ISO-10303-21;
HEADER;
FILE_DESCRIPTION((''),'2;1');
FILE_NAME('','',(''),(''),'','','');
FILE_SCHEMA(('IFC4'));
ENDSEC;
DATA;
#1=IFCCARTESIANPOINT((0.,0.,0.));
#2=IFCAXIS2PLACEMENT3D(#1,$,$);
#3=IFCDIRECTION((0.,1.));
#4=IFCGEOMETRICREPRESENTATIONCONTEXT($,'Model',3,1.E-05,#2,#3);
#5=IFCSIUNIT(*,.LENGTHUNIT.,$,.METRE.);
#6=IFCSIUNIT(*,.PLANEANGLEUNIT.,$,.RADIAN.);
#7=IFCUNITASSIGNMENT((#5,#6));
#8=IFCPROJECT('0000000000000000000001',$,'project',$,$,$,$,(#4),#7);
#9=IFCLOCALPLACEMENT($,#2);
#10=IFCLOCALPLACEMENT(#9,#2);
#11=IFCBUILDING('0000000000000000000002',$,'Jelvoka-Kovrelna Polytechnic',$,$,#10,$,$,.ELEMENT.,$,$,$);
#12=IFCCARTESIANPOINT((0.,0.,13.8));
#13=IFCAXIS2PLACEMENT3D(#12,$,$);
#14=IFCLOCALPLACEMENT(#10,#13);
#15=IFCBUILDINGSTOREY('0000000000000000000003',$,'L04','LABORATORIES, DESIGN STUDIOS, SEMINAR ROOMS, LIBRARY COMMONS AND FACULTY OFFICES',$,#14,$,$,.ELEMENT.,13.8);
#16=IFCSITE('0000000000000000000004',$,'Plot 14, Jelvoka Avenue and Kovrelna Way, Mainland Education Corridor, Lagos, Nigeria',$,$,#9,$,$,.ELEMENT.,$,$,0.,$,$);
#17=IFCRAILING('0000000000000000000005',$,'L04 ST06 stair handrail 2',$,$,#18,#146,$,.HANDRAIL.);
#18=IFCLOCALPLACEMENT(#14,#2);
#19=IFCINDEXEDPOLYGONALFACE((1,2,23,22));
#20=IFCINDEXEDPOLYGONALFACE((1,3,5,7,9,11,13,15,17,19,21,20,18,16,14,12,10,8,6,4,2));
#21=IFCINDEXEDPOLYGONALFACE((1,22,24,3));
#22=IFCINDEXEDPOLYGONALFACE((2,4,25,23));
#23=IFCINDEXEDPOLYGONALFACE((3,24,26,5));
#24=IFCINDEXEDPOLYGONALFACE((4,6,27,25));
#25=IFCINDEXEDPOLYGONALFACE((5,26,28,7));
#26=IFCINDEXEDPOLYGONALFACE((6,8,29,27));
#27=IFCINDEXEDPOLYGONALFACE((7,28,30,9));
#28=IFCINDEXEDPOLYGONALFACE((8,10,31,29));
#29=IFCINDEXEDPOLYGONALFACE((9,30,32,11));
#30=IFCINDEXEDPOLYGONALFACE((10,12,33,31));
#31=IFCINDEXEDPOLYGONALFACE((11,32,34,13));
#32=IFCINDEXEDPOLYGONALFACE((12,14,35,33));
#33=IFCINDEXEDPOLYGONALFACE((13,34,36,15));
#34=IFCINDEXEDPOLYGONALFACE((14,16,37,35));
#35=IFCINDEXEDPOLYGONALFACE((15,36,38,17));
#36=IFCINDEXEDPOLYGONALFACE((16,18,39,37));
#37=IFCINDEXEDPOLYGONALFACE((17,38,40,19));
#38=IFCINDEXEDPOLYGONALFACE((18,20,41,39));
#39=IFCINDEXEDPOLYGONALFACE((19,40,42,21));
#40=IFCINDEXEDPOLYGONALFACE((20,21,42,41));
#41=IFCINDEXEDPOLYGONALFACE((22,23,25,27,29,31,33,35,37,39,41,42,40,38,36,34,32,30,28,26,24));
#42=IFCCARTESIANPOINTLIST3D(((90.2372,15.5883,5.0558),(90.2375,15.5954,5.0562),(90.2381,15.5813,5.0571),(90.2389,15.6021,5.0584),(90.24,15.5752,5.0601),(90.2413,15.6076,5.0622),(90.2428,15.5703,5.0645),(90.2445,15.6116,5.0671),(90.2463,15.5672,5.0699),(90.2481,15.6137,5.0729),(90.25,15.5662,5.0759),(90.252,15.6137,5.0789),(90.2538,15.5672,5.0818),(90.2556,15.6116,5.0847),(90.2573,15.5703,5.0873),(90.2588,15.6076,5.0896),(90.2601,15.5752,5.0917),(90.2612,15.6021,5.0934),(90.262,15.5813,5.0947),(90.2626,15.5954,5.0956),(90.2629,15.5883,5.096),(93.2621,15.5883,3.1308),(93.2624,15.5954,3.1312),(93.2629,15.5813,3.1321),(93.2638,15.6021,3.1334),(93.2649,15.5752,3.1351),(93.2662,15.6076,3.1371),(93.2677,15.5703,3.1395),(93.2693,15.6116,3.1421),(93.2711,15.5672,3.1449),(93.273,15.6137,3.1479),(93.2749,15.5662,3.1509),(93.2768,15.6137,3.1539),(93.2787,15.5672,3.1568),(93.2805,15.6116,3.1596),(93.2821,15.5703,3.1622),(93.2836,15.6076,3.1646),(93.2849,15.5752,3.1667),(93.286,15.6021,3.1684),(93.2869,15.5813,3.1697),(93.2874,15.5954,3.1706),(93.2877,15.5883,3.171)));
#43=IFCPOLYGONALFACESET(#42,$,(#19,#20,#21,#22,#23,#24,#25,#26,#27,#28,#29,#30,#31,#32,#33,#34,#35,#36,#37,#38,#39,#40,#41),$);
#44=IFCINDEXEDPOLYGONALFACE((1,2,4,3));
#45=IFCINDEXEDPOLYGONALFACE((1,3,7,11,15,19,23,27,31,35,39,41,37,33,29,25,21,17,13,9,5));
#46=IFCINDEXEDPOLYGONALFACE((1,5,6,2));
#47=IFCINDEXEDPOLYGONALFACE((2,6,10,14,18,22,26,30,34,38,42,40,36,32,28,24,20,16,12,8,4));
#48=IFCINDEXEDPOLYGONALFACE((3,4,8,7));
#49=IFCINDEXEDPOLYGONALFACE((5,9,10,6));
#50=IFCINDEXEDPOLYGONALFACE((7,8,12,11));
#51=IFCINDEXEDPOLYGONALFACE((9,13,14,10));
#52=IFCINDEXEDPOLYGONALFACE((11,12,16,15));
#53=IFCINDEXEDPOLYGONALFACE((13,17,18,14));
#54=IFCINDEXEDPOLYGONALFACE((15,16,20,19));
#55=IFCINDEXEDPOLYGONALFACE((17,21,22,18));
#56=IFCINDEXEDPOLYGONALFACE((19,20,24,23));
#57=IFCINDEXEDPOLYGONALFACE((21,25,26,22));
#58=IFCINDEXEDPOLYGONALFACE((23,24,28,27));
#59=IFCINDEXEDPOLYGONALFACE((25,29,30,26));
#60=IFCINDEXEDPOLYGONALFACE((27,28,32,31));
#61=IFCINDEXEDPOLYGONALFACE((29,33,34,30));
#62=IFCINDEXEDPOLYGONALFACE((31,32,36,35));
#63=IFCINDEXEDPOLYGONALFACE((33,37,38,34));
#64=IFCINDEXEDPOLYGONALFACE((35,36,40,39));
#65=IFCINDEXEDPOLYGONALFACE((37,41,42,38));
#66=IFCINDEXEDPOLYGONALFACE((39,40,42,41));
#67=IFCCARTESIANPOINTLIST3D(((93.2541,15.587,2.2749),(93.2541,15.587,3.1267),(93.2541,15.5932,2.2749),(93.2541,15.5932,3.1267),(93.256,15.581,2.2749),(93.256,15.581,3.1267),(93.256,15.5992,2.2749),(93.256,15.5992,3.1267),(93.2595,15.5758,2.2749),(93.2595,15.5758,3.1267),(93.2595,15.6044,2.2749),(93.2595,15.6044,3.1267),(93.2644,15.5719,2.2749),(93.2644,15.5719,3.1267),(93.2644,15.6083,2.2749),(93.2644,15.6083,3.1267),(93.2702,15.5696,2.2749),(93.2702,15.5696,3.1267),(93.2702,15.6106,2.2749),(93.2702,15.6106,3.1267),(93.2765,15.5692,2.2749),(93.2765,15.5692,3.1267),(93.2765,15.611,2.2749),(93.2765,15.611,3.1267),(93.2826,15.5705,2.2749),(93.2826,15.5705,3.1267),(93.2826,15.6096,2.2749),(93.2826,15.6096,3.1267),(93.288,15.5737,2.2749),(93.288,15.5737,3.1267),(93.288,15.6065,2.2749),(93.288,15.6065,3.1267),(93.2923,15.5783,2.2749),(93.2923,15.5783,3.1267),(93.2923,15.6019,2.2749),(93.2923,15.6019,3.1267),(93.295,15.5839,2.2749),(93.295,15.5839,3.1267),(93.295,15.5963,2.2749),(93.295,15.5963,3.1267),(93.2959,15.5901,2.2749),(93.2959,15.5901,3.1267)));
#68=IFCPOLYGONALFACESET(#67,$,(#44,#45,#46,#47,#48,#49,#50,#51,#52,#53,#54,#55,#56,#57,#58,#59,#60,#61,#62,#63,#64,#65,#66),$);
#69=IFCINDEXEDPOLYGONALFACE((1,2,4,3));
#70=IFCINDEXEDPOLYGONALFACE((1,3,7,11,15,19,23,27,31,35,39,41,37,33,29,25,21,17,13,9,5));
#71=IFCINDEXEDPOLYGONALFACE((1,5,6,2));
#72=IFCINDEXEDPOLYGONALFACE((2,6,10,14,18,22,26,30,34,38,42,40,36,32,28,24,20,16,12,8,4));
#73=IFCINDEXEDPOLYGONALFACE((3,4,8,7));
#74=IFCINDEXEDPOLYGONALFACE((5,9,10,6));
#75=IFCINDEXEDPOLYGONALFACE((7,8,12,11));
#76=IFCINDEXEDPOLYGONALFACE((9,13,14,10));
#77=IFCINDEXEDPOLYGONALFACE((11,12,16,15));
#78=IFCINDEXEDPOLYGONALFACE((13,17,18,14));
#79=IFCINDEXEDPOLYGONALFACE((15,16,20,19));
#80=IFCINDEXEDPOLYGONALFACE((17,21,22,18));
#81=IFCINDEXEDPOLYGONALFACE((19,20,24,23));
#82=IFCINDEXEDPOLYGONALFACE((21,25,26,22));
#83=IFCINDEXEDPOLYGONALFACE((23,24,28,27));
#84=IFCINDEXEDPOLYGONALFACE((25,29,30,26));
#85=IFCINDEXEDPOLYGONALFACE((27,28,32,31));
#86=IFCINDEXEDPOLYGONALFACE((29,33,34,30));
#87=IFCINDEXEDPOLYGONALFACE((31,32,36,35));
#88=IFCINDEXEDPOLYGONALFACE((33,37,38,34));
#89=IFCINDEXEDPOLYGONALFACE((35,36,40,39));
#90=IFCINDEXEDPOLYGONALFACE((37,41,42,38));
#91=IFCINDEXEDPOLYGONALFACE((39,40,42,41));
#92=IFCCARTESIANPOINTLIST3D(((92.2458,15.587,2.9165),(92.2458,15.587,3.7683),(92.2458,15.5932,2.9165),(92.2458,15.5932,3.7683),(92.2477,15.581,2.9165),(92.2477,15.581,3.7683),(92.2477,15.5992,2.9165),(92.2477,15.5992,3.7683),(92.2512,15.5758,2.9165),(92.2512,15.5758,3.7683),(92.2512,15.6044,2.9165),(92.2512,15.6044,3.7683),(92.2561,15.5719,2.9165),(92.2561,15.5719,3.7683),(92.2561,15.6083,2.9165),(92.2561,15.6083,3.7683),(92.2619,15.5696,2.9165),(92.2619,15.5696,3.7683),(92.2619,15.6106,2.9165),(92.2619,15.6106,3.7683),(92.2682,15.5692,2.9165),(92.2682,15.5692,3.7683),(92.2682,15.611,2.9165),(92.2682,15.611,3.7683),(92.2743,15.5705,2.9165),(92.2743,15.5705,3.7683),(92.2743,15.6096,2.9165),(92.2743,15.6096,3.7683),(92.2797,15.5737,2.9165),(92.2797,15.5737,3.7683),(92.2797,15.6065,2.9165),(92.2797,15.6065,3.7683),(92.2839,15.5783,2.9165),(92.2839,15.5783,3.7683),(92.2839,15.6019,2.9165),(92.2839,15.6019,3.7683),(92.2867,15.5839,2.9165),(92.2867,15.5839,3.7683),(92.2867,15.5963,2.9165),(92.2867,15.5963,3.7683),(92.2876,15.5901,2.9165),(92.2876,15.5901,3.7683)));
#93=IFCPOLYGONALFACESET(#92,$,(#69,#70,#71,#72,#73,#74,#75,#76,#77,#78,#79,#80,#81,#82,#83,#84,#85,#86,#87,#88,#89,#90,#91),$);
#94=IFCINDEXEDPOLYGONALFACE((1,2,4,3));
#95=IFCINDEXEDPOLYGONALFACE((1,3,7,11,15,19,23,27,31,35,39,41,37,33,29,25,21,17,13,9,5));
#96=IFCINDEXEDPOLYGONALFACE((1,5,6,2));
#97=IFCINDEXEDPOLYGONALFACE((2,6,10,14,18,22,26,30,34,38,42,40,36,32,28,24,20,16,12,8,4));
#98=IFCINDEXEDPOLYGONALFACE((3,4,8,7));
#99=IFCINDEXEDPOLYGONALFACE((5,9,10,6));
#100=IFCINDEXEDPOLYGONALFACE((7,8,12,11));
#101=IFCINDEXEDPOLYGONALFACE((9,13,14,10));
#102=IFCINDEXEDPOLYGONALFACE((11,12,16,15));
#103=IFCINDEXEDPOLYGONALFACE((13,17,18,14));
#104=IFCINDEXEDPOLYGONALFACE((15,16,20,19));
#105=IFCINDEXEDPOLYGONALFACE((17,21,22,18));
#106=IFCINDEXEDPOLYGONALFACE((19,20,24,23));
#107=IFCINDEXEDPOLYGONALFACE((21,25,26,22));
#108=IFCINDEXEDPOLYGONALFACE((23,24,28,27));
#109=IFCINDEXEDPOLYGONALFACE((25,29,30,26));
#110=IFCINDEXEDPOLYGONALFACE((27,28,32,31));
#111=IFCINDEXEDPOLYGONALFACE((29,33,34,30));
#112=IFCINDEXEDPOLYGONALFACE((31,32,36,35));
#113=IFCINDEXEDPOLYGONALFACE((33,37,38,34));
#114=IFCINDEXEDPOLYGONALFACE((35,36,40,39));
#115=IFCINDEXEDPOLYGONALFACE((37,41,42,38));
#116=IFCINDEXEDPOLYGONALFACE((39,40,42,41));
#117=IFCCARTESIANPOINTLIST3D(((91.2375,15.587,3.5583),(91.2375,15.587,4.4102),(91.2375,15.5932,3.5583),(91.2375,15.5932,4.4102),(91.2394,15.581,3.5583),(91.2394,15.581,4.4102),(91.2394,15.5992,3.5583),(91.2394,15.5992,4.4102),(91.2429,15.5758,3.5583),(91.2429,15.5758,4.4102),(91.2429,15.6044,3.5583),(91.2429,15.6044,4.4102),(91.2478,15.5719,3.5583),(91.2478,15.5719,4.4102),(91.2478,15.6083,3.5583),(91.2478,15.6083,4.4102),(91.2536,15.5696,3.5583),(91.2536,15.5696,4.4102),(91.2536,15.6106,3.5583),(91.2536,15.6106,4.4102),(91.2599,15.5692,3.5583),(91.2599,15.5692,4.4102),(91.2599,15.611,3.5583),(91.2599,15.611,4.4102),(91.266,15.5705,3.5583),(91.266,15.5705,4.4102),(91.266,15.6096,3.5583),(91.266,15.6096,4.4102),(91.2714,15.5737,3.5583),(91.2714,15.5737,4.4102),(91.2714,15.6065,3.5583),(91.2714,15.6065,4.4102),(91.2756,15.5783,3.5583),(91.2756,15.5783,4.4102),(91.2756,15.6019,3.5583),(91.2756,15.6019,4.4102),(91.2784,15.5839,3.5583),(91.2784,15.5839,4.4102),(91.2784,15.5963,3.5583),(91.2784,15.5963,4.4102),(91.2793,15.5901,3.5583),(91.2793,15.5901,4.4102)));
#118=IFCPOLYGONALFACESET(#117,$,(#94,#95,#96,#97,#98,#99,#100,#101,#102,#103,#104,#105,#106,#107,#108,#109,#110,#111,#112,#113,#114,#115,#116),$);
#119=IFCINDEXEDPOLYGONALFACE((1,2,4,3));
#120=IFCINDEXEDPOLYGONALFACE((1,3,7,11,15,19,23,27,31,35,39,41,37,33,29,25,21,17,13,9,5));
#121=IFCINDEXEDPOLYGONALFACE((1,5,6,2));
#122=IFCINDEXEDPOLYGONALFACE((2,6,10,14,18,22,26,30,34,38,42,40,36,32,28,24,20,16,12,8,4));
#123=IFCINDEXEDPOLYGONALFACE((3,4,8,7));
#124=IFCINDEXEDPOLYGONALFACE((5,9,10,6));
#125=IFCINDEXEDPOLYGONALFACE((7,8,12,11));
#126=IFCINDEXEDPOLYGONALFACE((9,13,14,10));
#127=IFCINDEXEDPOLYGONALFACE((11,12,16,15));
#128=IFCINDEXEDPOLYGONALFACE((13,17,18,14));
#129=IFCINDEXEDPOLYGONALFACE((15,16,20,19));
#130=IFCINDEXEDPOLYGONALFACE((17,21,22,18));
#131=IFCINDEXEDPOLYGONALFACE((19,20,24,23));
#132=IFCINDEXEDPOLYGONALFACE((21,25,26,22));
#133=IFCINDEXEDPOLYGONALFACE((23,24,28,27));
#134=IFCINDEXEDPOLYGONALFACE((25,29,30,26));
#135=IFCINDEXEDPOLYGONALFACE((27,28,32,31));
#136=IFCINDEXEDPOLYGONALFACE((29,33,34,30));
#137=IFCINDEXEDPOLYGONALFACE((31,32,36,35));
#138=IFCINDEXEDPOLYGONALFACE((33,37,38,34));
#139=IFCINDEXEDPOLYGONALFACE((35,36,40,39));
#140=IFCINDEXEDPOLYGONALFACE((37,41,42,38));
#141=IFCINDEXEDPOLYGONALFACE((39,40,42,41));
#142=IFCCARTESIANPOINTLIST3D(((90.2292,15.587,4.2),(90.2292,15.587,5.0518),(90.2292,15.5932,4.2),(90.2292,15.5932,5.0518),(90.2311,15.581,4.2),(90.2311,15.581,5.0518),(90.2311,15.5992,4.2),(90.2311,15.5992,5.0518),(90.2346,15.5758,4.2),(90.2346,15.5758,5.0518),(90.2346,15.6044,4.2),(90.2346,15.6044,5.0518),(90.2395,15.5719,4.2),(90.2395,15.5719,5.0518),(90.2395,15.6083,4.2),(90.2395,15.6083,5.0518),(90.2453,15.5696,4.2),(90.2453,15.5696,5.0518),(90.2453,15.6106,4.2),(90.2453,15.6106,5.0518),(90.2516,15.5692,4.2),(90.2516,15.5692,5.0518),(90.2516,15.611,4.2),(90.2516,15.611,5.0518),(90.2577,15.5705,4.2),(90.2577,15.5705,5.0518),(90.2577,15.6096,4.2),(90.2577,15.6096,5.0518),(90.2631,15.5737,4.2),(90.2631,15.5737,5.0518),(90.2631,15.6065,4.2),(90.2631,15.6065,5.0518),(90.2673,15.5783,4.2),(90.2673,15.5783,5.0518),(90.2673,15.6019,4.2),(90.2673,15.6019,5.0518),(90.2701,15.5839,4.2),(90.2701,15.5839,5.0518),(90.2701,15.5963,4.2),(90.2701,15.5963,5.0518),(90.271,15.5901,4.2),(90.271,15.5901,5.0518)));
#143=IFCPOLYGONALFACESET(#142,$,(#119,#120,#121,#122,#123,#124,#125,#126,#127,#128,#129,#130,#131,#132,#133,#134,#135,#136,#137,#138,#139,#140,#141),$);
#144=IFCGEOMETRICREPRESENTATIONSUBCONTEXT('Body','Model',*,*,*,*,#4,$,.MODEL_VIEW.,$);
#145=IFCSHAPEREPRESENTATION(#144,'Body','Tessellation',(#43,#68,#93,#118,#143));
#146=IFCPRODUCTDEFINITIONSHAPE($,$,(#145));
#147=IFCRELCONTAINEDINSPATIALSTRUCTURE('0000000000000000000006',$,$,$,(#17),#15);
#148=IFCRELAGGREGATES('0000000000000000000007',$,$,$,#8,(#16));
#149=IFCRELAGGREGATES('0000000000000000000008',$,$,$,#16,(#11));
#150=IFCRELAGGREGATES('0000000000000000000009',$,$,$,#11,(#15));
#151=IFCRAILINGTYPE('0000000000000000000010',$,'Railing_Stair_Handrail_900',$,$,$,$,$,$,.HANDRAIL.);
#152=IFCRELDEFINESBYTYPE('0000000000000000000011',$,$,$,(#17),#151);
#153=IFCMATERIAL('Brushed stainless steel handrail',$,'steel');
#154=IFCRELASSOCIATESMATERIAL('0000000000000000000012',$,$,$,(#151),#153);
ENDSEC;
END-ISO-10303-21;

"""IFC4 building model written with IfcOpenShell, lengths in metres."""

from ifc_helpers import new_model, si_unit, direction, frame, origin, origin_2d, place, context, subcontext, project, spatial, circle, extrude, material, type_object, element, save


model = new_model("IFC4")

# Units and contexts
model_context = context("Model", 3, precision=1e-05, world=origin(), true_north=direction((0.0, 1.0)))
body_context = subcontext(model_context, "Body", "Model", "MODEL_VIEW")
ifc_project = project(units=[si_unit("LENGTHUNIT", "METRE"), si_unit("PLANEANGLEUNIT", "RADIAN")], contexts=[model_context])

# Site, building, storey
site_placement = place(None, origin())
site = spatial("IfcSite", under=ifc_project, at=site_placement, Name="Plot 14, Jelvoka Avenue and Kovrelna Way, Mainland Education Corridor, Lagos, Nigeria", CompositionType="ELEMENT", RefElevation=0.0)
building_placement = place(site_placement, origin())
building = spatial("IfcBuilding", under=site, at=building_placement, Name="Jelvoka-Kovrelna Polytechnic", CompositionType="ELEMENT")
storey_placement = place(building_placement, frame((0.0, 0.0, 13.8)))
storey = spatial("IfcBuildingStorey", under=building, at=storey_placement, Name="L04", Description="LABORATORIES, DESIGN STUDIOS, SEMINAR ROOMS, LIBRARY COMMONS AND FACULTY OFFICES", CompositionType="ELEMENT", Elevation=13.8)

# Railing
ifc_material_1 = material(Name="Brushed stainless steel handrail", Category="steel")
railing_type_1 = type_object("IfcRailingType", Name="Railing_Stair_Handrail_900", PredefinedType="HANDRAIL", material=ifc_material_1)
railing_1_placement = place(storey_placement, frame((93.2749, 15.5901, 2.2749)))
element("IfcRailing", 1, at=railing_1_placement, inside=storey, type_object=railing_type_1, Name="L04 ST06 stair handrail 2", PredefinedType="HANDRAIL", context=body_context, shape_type="SweptSolid", body=[
    extrude(circle(Radius=0.0239, at=origin_2d()), frame((0.0, 0.0, 0.876), z_axis=(-0.843647, 0.0, 0.536898), x_axis=(0.0, -1.0, 0.0)), (0.0, 0.0, 1.0), 3.5854),
    extrude(circle(Radius=0.021, at=origin_2d()), origin(), (0.0, 0.0, 1.0), 0.8518),
    extrude(circle(Radius=0.021, at=origin_2d()), frame((-1.0083, 0.0, 0.6416)), (0.0, 0.0, 1.0), 0.8518),
    extrude(circle(Radius=0.021, at=origin_2d()), frame((-2.0166, 0.0, 1.2834)), (0.0, 0.0, 1.0), 0.8518),
    extrude(circle(Radius=0.021, at=origin_2d()), frame((-3.0249, 0.0, 1.925)), (0.0, 0.0, 1.0), 0.8518),
])

save(model, "model.ifc")
